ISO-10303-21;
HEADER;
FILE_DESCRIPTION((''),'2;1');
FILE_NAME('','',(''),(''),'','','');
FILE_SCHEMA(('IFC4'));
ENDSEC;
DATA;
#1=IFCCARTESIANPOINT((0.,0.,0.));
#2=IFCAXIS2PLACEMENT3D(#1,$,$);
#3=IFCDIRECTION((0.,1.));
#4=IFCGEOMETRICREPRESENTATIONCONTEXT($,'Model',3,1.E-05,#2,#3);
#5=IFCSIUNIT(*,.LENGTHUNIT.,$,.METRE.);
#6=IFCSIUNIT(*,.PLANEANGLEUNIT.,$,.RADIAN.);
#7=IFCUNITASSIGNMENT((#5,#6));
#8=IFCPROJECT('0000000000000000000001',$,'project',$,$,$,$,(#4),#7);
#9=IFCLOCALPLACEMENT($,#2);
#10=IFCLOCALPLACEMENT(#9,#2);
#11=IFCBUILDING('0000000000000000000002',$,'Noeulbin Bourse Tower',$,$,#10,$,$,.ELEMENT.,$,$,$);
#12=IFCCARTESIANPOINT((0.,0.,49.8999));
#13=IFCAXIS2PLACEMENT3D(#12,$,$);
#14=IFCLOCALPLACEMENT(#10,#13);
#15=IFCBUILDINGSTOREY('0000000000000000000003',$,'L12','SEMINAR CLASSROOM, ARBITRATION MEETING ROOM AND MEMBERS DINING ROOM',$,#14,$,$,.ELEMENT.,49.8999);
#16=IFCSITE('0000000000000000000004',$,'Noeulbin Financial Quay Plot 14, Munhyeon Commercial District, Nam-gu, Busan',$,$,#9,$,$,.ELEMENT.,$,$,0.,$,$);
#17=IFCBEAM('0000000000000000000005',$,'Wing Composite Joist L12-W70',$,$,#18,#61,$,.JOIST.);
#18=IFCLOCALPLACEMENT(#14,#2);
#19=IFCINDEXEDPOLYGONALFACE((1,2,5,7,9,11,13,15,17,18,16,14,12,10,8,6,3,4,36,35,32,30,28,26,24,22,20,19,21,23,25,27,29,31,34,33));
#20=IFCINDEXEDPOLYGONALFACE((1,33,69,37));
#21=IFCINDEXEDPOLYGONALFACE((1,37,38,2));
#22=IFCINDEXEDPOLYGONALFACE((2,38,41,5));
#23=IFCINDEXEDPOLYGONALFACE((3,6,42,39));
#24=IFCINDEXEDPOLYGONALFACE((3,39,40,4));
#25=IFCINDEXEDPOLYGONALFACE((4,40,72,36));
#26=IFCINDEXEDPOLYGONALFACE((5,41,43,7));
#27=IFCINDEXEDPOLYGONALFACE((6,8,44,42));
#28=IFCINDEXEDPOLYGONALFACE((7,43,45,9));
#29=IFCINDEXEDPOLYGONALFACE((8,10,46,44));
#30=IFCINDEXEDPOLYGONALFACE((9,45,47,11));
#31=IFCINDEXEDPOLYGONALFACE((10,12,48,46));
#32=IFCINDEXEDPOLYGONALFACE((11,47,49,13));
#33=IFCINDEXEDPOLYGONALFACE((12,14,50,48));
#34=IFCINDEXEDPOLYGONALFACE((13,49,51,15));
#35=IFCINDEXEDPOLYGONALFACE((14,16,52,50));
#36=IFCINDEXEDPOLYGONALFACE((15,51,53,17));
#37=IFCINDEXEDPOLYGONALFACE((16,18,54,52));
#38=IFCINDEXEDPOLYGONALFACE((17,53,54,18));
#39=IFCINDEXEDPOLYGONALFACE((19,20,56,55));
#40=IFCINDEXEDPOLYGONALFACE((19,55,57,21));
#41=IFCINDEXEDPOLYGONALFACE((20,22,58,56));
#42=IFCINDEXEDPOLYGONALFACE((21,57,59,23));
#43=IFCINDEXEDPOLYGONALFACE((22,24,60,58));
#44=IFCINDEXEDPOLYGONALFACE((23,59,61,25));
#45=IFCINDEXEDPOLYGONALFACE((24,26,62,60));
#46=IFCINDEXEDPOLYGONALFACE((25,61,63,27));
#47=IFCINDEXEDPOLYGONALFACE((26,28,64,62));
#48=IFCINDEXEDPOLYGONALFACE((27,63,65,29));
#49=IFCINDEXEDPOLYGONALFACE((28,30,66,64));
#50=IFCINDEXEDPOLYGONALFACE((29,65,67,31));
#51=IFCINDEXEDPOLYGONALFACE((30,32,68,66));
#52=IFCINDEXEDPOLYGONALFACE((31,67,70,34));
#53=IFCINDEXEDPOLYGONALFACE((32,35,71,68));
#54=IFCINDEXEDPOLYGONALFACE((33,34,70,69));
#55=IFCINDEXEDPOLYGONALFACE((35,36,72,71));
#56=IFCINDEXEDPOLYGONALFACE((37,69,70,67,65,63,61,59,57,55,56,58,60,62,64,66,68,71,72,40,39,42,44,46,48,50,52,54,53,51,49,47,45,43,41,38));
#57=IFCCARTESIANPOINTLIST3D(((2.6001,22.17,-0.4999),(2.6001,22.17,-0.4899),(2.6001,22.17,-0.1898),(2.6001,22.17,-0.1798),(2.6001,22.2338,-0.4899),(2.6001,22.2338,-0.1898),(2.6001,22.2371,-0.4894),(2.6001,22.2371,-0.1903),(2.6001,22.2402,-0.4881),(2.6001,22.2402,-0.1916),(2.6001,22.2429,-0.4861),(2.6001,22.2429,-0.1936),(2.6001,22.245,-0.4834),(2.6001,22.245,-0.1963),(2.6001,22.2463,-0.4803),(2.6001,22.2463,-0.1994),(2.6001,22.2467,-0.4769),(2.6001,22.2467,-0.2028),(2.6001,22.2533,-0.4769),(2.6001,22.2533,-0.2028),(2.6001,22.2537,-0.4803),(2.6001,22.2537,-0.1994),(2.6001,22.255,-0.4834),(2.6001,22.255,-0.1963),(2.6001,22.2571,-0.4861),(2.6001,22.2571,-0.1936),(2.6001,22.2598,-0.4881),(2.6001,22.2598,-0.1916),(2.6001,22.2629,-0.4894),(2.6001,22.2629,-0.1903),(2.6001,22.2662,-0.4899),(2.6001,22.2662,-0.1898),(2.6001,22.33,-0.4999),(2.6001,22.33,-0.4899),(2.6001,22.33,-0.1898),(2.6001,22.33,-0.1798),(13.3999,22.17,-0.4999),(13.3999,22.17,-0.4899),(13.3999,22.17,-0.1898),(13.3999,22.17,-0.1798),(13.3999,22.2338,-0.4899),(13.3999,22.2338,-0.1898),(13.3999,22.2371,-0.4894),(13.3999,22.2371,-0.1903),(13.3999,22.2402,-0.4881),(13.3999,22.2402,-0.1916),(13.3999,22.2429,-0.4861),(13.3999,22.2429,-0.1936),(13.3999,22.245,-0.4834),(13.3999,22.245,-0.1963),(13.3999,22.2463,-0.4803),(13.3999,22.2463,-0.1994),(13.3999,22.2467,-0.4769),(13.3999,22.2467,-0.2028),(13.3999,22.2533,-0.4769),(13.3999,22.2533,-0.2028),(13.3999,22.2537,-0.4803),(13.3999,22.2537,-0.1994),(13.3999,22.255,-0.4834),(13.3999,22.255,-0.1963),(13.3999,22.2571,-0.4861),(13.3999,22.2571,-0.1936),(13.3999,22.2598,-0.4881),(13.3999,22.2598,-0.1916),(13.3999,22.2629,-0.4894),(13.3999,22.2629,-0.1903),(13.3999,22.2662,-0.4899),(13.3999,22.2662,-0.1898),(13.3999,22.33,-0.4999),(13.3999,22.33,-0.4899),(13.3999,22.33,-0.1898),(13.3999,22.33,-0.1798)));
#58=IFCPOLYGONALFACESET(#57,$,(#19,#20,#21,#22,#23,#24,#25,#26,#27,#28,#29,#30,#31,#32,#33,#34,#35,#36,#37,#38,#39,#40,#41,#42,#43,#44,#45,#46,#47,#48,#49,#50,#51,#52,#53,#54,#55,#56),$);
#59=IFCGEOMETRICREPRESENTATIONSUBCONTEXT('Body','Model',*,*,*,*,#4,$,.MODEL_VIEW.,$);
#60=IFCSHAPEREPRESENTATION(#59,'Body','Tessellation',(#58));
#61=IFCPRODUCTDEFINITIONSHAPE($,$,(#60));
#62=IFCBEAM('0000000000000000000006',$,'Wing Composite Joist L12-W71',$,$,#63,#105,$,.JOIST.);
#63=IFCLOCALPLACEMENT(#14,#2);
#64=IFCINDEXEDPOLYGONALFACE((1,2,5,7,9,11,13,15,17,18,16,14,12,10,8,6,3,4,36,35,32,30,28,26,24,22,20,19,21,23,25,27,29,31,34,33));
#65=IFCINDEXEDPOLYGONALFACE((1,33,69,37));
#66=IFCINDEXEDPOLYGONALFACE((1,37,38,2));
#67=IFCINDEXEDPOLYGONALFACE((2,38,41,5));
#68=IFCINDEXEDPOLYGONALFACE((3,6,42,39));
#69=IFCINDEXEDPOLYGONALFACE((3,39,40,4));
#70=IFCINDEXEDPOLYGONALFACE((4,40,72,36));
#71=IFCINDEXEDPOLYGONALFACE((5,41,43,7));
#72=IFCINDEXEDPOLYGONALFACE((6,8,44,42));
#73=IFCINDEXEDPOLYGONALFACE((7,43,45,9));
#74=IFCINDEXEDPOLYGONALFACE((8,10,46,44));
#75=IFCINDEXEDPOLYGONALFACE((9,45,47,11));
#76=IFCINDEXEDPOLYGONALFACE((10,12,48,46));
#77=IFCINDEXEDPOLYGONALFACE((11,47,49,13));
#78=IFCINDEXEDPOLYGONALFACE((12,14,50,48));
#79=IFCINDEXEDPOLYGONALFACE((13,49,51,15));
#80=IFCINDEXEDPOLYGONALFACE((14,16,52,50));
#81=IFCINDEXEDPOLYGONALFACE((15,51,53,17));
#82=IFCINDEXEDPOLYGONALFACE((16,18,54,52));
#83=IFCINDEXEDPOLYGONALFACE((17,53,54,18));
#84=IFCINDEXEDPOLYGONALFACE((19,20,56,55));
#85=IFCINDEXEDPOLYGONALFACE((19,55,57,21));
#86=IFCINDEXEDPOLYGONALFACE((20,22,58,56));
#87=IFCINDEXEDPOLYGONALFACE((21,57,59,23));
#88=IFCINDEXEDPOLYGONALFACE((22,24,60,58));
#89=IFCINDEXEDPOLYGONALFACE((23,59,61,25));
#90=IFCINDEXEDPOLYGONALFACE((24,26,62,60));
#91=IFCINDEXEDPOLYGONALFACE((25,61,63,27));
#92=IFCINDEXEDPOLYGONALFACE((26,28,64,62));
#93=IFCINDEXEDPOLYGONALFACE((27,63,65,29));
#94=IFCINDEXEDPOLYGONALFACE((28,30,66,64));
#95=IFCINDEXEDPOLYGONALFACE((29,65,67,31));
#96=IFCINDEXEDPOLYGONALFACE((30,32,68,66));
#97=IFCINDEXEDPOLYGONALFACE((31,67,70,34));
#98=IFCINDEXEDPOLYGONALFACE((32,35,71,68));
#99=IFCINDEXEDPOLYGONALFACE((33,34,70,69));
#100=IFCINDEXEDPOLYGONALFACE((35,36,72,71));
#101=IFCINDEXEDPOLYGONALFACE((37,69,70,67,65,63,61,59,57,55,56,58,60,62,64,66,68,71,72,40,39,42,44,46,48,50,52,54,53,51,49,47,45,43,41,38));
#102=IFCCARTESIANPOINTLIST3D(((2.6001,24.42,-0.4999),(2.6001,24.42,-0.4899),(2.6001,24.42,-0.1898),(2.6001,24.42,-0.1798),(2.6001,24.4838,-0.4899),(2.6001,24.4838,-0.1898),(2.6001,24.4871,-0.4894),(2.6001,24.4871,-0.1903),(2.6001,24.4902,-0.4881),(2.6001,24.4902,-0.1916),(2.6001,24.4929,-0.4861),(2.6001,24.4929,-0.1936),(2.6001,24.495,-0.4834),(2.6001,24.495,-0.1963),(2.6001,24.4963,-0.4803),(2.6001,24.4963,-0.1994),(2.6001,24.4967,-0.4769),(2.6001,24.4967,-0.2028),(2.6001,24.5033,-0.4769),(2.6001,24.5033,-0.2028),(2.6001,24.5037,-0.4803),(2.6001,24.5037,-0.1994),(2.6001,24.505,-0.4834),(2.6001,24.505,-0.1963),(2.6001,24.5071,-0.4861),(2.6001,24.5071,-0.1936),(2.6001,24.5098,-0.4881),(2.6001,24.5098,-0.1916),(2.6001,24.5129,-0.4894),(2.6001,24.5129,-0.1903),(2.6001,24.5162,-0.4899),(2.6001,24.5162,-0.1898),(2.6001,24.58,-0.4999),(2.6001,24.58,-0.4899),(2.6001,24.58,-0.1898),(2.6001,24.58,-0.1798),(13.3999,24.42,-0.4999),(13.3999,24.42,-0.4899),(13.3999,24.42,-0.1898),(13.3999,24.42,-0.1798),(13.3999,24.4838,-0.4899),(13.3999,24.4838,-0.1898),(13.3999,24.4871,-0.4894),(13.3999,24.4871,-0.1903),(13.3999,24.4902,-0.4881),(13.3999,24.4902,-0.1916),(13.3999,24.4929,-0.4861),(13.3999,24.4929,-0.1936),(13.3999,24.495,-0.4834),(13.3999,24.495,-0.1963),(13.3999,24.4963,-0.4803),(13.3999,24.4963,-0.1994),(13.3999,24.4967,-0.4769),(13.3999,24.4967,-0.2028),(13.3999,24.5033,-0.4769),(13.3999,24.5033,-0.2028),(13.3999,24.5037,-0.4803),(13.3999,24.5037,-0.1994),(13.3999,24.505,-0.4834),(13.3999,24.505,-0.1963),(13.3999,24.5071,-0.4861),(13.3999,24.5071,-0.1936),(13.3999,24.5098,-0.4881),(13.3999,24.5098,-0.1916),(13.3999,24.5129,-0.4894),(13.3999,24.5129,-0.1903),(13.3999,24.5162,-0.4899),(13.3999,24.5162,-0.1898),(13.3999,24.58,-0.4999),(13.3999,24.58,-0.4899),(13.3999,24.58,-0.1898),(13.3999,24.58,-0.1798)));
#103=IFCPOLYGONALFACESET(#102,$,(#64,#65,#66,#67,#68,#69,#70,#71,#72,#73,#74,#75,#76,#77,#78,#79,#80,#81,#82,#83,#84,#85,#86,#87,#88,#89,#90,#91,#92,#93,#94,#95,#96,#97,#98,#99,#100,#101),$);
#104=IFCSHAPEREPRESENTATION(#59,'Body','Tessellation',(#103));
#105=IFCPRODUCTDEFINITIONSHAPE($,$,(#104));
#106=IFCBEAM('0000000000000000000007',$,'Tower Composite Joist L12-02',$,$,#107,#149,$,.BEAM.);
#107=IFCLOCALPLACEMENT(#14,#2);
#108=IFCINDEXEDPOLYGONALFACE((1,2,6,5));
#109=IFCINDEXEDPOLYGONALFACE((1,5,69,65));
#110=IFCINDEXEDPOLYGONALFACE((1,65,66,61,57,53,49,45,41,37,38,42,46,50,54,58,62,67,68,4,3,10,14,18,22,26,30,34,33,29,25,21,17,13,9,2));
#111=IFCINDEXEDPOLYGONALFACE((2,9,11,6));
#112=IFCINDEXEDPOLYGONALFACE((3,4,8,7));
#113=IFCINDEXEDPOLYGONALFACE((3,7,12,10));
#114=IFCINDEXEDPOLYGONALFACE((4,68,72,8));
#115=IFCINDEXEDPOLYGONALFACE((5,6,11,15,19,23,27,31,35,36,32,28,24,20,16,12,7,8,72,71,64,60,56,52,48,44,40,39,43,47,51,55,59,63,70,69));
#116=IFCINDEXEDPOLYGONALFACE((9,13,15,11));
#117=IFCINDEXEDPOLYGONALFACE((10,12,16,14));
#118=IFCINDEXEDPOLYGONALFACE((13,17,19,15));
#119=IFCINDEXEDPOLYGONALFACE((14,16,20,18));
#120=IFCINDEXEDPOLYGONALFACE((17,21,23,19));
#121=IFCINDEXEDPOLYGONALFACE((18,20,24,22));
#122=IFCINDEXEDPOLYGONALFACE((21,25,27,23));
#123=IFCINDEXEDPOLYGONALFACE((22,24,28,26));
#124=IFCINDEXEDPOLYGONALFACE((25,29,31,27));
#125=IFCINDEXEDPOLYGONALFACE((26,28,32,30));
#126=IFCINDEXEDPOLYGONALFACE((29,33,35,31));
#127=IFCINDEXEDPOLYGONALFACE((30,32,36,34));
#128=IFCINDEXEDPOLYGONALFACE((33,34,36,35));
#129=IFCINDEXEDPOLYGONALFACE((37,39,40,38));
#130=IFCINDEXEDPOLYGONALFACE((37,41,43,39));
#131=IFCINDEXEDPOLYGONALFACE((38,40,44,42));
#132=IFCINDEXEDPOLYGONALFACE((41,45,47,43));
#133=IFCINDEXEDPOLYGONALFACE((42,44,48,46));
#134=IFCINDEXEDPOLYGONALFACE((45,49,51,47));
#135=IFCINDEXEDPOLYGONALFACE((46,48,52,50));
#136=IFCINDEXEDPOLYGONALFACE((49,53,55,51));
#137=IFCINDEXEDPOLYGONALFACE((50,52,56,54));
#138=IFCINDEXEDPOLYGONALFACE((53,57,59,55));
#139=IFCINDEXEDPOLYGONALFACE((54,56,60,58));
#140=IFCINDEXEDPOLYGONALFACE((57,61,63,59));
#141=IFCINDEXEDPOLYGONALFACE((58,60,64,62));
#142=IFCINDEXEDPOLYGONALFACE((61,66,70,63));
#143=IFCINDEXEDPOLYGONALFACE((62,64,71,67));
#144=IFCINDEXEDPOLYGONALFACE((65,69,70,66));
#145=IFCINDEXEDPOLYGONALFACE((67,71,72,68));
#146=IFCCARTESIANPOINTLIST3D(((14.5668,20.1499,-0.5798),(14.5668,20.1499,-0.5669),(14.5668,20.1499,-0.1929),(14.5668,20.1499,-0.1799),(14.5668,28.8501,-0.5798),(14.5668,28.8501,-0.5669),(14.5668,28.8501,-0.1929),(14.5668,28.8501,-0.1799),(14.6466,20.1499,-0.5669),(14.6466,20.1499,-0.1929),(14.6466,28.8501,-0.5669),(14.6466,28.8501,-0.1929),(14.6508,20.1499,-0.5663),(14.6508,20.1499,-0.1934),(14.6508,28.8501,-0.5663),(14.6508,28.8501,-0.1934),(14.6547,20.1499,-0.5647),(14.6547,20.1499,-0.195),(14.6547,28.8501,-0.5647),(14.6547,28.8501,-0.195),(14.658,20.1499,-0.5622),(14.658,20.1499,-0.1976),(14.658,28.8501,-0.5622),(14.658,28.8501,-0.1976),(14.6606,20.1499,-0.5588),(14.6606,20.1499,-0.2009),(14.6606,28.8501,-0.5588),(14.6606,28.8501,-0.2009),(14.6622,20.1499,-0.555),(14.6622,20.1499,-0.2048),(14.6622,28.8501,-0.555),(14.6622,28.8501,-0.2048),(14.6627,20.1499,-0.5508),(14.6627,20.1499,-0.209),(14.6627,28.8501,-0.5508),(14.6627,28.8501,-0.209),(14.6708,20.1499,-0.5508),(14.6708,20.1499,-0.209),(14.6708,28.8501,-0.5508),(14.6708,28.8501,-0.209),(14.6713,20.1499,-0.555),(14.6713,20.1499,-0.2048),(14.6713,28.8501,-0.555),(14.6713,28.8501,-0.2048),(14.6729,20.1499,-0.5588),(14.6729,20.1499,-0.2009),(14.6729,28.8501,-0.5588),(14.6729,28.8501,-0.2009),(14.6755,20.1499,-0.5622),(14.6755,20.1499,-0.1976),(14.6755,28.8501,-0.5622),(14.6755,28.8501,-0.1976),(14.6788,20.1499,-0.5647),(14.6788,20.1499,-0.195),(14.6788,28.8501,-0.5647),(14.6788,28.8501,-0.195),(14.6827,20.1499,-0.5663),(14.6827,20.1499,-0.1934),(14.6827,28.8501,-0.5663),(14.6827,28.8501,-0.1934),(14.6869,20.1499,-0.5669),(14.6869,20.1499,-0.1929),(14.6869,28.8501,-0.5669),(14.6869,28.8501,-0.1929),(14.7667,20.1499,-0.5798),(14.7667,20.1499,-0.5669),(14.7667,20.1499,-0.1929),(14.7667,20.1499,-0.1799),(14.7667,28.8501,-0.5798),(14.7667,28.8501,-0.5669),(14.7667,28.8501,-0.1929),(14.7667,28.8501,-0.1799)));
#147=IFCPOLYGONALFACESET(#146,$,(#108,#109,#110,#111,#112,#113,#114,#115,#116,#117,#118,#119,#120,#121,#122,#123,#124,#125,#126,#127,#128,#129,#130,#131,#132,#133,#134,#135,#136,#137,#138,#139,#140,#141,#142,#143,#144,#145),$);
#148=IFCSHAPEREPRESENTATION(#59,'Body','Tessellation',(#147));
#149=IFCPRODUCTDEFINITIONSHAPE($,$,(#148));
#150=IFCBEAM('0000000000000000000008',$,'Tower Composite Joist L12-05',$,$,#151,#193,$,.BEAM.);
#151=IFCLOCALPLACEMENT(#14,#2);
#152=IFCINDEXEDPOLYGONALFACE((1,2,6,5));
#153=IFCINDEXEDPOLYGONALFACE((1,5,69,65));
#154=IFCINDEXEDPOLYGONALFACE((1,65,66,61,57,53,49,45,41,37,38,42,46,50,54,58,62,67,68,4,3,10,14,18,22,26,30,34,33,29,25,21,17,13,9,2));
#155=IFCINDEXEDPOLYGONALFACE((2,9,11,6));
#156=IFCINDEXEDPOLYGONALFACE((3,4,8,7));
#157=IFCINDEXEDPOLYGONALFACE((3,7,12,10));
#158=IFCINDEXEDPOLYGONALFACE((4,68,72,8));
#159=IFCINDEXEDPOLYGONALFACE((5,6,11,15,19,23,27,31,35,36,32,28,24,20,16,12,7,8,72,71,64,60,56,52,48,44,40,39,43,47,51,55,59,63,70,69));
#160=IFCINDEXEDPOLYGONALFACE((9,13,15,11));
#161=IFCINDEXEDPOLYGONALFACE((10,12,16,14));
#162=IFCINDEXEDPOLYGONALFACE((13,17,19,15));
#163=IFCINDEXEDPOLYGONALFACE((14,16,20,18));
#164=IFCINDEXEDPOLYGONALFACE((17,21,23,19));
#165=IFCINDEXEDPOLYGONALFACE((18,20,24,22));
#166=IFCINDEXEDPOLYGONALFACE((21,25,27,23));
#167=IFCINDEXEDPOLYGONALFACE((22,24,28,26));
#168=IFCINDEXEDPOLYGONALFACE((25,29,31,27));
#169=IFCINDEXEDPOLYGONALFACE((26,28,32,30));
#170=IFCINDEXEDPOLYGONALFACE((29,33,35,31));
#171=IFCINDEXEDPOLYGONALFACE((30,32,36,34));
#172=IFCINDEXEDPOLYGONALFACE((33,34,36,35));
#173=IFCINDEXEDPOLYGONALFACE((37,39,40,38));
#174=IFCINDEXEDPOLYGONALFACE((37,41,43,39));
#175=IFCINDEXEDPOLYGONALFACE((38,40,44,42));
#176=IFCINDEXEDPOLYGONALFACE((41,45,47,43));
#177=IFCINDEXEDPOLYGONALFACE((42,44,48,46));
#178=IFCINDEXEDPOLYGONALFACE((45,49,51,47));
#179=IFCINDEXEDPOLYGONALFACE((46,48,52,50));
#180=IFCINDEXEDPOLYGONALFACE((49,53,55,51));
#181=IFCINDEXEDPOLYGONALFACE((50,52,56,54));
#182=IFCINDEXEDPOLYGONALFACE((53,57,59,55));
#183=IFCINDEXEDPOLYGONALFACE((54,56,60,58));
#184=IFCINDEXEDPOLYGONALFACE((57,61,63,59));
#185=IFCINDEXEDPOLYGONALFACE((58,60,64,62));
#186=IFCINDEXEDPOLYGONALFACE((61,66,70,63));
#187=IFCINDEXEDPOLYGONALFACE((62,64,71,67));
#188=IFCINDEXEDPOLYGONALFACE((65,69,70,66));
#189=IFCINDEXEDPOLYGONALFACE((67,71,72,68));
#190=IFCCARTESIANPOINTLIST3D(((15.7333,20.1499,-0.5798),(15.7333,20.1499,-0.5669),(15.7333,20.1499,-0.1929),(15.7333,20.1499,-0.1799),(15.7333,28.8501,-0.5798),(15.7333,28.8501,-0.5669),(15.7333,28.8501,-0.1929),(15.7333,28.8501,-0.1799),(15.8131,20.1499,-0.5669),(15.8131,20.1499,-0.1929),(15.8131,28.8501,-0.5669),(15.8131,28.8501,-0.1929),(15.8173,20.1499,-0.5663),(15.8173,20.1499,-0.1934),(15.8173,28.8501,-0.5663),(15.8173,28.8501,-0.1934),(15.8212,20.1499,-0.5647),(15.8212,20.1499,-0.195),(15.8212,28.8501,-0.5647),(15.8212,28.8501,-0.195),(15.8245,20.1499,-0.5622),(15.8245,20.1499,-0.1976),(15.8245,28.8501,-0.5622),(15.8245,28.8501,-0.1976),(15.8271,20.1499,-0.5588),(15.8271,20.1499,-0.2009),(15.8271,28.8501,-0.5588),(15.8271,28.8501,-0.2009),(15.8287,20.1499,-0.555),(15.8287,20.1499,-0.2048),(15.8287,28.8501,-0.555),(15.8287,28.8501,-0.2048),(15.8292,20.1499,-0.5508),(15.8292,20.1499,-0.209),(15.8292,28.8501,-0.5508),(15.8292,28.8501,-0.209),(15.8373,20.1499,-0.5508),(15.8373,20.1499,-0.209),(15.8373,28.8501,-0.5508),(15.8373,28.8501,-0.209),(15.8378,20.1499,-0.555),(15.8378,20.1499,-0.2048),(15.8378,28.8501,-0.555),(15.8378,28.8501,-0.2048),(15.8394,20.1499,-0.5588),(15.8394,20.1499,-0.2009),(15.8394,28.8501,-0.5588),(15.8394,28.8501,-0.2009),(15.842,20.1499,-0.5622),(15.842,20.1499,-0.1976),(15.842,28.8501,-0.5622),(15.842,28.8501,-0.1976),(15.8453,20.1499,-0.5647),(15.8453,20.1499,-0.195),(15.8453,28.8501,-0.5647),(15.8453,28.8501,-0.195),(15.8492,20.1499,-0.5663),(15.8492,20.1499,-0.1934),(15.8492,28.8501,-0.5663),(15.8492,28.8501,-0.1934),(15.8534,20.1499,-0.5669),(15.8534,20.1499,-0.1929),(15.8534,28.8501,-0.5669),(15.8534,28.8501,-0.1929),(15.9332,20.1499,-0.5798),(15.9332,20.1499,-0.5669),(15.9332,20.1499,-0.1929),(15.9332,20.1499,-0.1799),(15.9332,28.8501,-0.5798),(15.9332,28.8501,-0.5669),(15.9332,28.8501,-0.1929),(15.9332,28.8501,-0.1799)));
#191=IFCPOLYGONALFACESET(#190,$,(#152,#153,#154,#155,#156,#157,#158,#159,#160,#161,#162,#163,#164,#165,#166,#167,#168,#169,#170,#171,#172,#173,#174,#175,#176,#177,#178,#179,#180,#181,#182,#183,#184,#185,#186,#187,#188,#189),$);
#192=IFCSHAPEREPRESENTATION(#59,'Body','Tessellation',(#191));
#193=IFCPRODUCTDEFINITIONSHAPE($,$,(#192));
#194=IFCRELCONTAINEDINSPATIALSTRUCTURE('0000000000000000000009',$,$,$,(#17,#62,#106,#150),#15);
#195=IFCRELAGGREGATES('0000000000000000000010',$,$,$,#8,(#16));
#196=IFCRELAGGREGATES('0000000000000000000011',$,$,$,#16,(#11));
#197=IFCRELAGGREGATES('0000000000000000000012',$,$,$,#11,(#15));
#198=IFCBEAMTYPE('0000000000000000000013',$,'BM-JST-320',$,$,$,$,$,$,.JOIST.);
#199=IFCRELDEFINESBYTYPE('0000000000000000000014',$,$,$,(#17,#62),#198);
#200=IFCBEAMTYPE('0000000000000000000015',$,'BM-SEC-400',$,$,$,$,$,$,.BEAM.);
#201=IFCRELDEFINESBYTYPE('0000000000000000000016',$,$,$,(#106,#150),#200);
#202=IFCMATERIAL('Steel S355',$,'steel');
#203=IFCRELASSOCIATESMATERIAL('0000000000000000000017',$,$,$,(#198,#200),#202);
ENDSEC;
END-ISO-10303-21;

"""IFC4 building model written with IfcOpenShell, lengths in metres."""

from ifc_helpers import new_model, si_unit, direction, frame, origin, origin_2d, place, context, subcontext, project, spatial, i_section, extrude, material, material_profile, profile_set, type_object, element, save


model = new_model("IFC4")

# Units and contexts
model_context = context("Model", 3, precision=1e-05, world=origin(), true_north=direction((0.0, 1.0)))
body_context = subcontext(model_context, "Body", "Model", "MODEL_VIEW")
ifc_project = project(units=[si_unit("LENGTHUNIT", "METRE"), si_unit("PLANEANGLEUNIT", "RADIAN")], contexts=[model_context])

# Site, building, storey
site_placement = place(None, origin())
site = spatial("IfcSite", under=ifc_project, at=site_placement, Name="Noeulbin Financial Quay Plot 14, Munhyeon Commercial District, Nam-gu, Busan", CompositionType="ELEMENT", RefElevation=0.0)
building_placement = place(site_placement, origin())
building = spatial("IfcBuilding", under=site, at=building_placement, Name="Noeulbin Bourse Tower", CompositionType="ELEMENT")
storey_placement = place(building_placement, frame((0.0, 0.0, 49.8999)))
storey = spatial("IfcBuildingStorey", under=building, at=storey_placement, Name="L12", Description="SEMINAR CLASSROOM, ARBITRATION MEETING ROOM AND MEMBERS DINING ROOM", CompositionType="ELEMENT", Elevation=49.8999)

# Beams
ifc_material_1 = material(Name="Steel S355", Category="steel")
ifc_material_profile_1 = material_profile(ifc_material_1, i_section(OverallWidth=0.1599, OverallDepth=0.3201, WebThickness=0.0066, FlangeThickness=0.01, FilletRadius=0.0129, at=origin_2d()), Name="H-320x160x6.5x10", Category="LoadBearing")
ifc_profile_set_1 = profile_set([ifc_material_profile_1], Name="Steel S355")
beam_type_1 = type_object("IfcBeamType", Name="BM-JST-320", PredefinedType="JOIST", material=ifc_profile_set_1)
for number, where, z_axis, x_axis, name in (
    (1, (2.6001, 22.25, -0.3398), (1.0, 0.0, 0.0), (0.0, 1.0, 0.0), "Wing Composite Joist L12-W70"),
    (2, (2.6001, 24.5, -0.3398), (1.0, 0.0, 0.0), (0.0, 1.0, 0.0), "Wing Composite Joist L12-W71"),
):
    element("IfcBeam", number, at=place(storey_placement, frame(where, z_axis=z_axis, x_axis=x_axis)), inside=storey, type_object=beam_type_1, Name=name, PredefinedType="JOIST", context=body_context, shape_type="SweptSolid", body=[
        extrude(i_section(OverallWidth=0.1599, OverallDepth=0.3201, WebThickness=0.0066, FlangeThickness=0.01, FilletRadius=0.0129, at=origin_2d()), origin(), (0.0, 0.0, 1.0), 10.7998),
    ])
ifc_material_profile_2 = material_profile(ifc_material_1, i_section(OverallWidth=0.2, OverallDepth=0.3999, WebThickness=0.0081, FlangeThickness=0.0129, FilletRadius=0.0161, at=origin_2d()), Name="H-400x200x8x13", Category="LoadBearing")
ifc_profile_set_2 = profile_set([ifc_material_profile_2], Name="Steel S355")
beam_type_2 = type_object("IfcBeamType", Name="BM-SEC-400", PredefinedType="BEAM", material=ifc_profile_set_2)
for number, where, z_axis, x_axis, name in (
    (3, (14.6667, 20.1499, -0.3799), (0.0, 1.0, 0.0), (-1.0, 0.0, 0.0), "Tower Composite Joist L12-02"),
    (4, (15.8333, 20.1499, -0.3799), (0.0, 1.0, 0.0), (-1.0, 0.0, 0.0), "Tower Composite Joist L12-05"),
):
    element("IfcBeam", number, at=place(storey_placement, frame(where, z_axis=z_axis, x_axis=x_axis)), inside=storey, type_object=beam_type_2, Name=name, PredefinedType="BEAM", context=body_context, shape_type="SweptSolid", body=[
        extrude(i_section(OverallWidth=0.2, OverallDepth=0.3999, WebThickness=0.0081, FlangeThickness=0.0129, FilletRadius=0.0161, at=origin_2d()), origin(), (0.0, 0.0, 1.0), 8.7002),
    ])

save(model, "model.ifc")
